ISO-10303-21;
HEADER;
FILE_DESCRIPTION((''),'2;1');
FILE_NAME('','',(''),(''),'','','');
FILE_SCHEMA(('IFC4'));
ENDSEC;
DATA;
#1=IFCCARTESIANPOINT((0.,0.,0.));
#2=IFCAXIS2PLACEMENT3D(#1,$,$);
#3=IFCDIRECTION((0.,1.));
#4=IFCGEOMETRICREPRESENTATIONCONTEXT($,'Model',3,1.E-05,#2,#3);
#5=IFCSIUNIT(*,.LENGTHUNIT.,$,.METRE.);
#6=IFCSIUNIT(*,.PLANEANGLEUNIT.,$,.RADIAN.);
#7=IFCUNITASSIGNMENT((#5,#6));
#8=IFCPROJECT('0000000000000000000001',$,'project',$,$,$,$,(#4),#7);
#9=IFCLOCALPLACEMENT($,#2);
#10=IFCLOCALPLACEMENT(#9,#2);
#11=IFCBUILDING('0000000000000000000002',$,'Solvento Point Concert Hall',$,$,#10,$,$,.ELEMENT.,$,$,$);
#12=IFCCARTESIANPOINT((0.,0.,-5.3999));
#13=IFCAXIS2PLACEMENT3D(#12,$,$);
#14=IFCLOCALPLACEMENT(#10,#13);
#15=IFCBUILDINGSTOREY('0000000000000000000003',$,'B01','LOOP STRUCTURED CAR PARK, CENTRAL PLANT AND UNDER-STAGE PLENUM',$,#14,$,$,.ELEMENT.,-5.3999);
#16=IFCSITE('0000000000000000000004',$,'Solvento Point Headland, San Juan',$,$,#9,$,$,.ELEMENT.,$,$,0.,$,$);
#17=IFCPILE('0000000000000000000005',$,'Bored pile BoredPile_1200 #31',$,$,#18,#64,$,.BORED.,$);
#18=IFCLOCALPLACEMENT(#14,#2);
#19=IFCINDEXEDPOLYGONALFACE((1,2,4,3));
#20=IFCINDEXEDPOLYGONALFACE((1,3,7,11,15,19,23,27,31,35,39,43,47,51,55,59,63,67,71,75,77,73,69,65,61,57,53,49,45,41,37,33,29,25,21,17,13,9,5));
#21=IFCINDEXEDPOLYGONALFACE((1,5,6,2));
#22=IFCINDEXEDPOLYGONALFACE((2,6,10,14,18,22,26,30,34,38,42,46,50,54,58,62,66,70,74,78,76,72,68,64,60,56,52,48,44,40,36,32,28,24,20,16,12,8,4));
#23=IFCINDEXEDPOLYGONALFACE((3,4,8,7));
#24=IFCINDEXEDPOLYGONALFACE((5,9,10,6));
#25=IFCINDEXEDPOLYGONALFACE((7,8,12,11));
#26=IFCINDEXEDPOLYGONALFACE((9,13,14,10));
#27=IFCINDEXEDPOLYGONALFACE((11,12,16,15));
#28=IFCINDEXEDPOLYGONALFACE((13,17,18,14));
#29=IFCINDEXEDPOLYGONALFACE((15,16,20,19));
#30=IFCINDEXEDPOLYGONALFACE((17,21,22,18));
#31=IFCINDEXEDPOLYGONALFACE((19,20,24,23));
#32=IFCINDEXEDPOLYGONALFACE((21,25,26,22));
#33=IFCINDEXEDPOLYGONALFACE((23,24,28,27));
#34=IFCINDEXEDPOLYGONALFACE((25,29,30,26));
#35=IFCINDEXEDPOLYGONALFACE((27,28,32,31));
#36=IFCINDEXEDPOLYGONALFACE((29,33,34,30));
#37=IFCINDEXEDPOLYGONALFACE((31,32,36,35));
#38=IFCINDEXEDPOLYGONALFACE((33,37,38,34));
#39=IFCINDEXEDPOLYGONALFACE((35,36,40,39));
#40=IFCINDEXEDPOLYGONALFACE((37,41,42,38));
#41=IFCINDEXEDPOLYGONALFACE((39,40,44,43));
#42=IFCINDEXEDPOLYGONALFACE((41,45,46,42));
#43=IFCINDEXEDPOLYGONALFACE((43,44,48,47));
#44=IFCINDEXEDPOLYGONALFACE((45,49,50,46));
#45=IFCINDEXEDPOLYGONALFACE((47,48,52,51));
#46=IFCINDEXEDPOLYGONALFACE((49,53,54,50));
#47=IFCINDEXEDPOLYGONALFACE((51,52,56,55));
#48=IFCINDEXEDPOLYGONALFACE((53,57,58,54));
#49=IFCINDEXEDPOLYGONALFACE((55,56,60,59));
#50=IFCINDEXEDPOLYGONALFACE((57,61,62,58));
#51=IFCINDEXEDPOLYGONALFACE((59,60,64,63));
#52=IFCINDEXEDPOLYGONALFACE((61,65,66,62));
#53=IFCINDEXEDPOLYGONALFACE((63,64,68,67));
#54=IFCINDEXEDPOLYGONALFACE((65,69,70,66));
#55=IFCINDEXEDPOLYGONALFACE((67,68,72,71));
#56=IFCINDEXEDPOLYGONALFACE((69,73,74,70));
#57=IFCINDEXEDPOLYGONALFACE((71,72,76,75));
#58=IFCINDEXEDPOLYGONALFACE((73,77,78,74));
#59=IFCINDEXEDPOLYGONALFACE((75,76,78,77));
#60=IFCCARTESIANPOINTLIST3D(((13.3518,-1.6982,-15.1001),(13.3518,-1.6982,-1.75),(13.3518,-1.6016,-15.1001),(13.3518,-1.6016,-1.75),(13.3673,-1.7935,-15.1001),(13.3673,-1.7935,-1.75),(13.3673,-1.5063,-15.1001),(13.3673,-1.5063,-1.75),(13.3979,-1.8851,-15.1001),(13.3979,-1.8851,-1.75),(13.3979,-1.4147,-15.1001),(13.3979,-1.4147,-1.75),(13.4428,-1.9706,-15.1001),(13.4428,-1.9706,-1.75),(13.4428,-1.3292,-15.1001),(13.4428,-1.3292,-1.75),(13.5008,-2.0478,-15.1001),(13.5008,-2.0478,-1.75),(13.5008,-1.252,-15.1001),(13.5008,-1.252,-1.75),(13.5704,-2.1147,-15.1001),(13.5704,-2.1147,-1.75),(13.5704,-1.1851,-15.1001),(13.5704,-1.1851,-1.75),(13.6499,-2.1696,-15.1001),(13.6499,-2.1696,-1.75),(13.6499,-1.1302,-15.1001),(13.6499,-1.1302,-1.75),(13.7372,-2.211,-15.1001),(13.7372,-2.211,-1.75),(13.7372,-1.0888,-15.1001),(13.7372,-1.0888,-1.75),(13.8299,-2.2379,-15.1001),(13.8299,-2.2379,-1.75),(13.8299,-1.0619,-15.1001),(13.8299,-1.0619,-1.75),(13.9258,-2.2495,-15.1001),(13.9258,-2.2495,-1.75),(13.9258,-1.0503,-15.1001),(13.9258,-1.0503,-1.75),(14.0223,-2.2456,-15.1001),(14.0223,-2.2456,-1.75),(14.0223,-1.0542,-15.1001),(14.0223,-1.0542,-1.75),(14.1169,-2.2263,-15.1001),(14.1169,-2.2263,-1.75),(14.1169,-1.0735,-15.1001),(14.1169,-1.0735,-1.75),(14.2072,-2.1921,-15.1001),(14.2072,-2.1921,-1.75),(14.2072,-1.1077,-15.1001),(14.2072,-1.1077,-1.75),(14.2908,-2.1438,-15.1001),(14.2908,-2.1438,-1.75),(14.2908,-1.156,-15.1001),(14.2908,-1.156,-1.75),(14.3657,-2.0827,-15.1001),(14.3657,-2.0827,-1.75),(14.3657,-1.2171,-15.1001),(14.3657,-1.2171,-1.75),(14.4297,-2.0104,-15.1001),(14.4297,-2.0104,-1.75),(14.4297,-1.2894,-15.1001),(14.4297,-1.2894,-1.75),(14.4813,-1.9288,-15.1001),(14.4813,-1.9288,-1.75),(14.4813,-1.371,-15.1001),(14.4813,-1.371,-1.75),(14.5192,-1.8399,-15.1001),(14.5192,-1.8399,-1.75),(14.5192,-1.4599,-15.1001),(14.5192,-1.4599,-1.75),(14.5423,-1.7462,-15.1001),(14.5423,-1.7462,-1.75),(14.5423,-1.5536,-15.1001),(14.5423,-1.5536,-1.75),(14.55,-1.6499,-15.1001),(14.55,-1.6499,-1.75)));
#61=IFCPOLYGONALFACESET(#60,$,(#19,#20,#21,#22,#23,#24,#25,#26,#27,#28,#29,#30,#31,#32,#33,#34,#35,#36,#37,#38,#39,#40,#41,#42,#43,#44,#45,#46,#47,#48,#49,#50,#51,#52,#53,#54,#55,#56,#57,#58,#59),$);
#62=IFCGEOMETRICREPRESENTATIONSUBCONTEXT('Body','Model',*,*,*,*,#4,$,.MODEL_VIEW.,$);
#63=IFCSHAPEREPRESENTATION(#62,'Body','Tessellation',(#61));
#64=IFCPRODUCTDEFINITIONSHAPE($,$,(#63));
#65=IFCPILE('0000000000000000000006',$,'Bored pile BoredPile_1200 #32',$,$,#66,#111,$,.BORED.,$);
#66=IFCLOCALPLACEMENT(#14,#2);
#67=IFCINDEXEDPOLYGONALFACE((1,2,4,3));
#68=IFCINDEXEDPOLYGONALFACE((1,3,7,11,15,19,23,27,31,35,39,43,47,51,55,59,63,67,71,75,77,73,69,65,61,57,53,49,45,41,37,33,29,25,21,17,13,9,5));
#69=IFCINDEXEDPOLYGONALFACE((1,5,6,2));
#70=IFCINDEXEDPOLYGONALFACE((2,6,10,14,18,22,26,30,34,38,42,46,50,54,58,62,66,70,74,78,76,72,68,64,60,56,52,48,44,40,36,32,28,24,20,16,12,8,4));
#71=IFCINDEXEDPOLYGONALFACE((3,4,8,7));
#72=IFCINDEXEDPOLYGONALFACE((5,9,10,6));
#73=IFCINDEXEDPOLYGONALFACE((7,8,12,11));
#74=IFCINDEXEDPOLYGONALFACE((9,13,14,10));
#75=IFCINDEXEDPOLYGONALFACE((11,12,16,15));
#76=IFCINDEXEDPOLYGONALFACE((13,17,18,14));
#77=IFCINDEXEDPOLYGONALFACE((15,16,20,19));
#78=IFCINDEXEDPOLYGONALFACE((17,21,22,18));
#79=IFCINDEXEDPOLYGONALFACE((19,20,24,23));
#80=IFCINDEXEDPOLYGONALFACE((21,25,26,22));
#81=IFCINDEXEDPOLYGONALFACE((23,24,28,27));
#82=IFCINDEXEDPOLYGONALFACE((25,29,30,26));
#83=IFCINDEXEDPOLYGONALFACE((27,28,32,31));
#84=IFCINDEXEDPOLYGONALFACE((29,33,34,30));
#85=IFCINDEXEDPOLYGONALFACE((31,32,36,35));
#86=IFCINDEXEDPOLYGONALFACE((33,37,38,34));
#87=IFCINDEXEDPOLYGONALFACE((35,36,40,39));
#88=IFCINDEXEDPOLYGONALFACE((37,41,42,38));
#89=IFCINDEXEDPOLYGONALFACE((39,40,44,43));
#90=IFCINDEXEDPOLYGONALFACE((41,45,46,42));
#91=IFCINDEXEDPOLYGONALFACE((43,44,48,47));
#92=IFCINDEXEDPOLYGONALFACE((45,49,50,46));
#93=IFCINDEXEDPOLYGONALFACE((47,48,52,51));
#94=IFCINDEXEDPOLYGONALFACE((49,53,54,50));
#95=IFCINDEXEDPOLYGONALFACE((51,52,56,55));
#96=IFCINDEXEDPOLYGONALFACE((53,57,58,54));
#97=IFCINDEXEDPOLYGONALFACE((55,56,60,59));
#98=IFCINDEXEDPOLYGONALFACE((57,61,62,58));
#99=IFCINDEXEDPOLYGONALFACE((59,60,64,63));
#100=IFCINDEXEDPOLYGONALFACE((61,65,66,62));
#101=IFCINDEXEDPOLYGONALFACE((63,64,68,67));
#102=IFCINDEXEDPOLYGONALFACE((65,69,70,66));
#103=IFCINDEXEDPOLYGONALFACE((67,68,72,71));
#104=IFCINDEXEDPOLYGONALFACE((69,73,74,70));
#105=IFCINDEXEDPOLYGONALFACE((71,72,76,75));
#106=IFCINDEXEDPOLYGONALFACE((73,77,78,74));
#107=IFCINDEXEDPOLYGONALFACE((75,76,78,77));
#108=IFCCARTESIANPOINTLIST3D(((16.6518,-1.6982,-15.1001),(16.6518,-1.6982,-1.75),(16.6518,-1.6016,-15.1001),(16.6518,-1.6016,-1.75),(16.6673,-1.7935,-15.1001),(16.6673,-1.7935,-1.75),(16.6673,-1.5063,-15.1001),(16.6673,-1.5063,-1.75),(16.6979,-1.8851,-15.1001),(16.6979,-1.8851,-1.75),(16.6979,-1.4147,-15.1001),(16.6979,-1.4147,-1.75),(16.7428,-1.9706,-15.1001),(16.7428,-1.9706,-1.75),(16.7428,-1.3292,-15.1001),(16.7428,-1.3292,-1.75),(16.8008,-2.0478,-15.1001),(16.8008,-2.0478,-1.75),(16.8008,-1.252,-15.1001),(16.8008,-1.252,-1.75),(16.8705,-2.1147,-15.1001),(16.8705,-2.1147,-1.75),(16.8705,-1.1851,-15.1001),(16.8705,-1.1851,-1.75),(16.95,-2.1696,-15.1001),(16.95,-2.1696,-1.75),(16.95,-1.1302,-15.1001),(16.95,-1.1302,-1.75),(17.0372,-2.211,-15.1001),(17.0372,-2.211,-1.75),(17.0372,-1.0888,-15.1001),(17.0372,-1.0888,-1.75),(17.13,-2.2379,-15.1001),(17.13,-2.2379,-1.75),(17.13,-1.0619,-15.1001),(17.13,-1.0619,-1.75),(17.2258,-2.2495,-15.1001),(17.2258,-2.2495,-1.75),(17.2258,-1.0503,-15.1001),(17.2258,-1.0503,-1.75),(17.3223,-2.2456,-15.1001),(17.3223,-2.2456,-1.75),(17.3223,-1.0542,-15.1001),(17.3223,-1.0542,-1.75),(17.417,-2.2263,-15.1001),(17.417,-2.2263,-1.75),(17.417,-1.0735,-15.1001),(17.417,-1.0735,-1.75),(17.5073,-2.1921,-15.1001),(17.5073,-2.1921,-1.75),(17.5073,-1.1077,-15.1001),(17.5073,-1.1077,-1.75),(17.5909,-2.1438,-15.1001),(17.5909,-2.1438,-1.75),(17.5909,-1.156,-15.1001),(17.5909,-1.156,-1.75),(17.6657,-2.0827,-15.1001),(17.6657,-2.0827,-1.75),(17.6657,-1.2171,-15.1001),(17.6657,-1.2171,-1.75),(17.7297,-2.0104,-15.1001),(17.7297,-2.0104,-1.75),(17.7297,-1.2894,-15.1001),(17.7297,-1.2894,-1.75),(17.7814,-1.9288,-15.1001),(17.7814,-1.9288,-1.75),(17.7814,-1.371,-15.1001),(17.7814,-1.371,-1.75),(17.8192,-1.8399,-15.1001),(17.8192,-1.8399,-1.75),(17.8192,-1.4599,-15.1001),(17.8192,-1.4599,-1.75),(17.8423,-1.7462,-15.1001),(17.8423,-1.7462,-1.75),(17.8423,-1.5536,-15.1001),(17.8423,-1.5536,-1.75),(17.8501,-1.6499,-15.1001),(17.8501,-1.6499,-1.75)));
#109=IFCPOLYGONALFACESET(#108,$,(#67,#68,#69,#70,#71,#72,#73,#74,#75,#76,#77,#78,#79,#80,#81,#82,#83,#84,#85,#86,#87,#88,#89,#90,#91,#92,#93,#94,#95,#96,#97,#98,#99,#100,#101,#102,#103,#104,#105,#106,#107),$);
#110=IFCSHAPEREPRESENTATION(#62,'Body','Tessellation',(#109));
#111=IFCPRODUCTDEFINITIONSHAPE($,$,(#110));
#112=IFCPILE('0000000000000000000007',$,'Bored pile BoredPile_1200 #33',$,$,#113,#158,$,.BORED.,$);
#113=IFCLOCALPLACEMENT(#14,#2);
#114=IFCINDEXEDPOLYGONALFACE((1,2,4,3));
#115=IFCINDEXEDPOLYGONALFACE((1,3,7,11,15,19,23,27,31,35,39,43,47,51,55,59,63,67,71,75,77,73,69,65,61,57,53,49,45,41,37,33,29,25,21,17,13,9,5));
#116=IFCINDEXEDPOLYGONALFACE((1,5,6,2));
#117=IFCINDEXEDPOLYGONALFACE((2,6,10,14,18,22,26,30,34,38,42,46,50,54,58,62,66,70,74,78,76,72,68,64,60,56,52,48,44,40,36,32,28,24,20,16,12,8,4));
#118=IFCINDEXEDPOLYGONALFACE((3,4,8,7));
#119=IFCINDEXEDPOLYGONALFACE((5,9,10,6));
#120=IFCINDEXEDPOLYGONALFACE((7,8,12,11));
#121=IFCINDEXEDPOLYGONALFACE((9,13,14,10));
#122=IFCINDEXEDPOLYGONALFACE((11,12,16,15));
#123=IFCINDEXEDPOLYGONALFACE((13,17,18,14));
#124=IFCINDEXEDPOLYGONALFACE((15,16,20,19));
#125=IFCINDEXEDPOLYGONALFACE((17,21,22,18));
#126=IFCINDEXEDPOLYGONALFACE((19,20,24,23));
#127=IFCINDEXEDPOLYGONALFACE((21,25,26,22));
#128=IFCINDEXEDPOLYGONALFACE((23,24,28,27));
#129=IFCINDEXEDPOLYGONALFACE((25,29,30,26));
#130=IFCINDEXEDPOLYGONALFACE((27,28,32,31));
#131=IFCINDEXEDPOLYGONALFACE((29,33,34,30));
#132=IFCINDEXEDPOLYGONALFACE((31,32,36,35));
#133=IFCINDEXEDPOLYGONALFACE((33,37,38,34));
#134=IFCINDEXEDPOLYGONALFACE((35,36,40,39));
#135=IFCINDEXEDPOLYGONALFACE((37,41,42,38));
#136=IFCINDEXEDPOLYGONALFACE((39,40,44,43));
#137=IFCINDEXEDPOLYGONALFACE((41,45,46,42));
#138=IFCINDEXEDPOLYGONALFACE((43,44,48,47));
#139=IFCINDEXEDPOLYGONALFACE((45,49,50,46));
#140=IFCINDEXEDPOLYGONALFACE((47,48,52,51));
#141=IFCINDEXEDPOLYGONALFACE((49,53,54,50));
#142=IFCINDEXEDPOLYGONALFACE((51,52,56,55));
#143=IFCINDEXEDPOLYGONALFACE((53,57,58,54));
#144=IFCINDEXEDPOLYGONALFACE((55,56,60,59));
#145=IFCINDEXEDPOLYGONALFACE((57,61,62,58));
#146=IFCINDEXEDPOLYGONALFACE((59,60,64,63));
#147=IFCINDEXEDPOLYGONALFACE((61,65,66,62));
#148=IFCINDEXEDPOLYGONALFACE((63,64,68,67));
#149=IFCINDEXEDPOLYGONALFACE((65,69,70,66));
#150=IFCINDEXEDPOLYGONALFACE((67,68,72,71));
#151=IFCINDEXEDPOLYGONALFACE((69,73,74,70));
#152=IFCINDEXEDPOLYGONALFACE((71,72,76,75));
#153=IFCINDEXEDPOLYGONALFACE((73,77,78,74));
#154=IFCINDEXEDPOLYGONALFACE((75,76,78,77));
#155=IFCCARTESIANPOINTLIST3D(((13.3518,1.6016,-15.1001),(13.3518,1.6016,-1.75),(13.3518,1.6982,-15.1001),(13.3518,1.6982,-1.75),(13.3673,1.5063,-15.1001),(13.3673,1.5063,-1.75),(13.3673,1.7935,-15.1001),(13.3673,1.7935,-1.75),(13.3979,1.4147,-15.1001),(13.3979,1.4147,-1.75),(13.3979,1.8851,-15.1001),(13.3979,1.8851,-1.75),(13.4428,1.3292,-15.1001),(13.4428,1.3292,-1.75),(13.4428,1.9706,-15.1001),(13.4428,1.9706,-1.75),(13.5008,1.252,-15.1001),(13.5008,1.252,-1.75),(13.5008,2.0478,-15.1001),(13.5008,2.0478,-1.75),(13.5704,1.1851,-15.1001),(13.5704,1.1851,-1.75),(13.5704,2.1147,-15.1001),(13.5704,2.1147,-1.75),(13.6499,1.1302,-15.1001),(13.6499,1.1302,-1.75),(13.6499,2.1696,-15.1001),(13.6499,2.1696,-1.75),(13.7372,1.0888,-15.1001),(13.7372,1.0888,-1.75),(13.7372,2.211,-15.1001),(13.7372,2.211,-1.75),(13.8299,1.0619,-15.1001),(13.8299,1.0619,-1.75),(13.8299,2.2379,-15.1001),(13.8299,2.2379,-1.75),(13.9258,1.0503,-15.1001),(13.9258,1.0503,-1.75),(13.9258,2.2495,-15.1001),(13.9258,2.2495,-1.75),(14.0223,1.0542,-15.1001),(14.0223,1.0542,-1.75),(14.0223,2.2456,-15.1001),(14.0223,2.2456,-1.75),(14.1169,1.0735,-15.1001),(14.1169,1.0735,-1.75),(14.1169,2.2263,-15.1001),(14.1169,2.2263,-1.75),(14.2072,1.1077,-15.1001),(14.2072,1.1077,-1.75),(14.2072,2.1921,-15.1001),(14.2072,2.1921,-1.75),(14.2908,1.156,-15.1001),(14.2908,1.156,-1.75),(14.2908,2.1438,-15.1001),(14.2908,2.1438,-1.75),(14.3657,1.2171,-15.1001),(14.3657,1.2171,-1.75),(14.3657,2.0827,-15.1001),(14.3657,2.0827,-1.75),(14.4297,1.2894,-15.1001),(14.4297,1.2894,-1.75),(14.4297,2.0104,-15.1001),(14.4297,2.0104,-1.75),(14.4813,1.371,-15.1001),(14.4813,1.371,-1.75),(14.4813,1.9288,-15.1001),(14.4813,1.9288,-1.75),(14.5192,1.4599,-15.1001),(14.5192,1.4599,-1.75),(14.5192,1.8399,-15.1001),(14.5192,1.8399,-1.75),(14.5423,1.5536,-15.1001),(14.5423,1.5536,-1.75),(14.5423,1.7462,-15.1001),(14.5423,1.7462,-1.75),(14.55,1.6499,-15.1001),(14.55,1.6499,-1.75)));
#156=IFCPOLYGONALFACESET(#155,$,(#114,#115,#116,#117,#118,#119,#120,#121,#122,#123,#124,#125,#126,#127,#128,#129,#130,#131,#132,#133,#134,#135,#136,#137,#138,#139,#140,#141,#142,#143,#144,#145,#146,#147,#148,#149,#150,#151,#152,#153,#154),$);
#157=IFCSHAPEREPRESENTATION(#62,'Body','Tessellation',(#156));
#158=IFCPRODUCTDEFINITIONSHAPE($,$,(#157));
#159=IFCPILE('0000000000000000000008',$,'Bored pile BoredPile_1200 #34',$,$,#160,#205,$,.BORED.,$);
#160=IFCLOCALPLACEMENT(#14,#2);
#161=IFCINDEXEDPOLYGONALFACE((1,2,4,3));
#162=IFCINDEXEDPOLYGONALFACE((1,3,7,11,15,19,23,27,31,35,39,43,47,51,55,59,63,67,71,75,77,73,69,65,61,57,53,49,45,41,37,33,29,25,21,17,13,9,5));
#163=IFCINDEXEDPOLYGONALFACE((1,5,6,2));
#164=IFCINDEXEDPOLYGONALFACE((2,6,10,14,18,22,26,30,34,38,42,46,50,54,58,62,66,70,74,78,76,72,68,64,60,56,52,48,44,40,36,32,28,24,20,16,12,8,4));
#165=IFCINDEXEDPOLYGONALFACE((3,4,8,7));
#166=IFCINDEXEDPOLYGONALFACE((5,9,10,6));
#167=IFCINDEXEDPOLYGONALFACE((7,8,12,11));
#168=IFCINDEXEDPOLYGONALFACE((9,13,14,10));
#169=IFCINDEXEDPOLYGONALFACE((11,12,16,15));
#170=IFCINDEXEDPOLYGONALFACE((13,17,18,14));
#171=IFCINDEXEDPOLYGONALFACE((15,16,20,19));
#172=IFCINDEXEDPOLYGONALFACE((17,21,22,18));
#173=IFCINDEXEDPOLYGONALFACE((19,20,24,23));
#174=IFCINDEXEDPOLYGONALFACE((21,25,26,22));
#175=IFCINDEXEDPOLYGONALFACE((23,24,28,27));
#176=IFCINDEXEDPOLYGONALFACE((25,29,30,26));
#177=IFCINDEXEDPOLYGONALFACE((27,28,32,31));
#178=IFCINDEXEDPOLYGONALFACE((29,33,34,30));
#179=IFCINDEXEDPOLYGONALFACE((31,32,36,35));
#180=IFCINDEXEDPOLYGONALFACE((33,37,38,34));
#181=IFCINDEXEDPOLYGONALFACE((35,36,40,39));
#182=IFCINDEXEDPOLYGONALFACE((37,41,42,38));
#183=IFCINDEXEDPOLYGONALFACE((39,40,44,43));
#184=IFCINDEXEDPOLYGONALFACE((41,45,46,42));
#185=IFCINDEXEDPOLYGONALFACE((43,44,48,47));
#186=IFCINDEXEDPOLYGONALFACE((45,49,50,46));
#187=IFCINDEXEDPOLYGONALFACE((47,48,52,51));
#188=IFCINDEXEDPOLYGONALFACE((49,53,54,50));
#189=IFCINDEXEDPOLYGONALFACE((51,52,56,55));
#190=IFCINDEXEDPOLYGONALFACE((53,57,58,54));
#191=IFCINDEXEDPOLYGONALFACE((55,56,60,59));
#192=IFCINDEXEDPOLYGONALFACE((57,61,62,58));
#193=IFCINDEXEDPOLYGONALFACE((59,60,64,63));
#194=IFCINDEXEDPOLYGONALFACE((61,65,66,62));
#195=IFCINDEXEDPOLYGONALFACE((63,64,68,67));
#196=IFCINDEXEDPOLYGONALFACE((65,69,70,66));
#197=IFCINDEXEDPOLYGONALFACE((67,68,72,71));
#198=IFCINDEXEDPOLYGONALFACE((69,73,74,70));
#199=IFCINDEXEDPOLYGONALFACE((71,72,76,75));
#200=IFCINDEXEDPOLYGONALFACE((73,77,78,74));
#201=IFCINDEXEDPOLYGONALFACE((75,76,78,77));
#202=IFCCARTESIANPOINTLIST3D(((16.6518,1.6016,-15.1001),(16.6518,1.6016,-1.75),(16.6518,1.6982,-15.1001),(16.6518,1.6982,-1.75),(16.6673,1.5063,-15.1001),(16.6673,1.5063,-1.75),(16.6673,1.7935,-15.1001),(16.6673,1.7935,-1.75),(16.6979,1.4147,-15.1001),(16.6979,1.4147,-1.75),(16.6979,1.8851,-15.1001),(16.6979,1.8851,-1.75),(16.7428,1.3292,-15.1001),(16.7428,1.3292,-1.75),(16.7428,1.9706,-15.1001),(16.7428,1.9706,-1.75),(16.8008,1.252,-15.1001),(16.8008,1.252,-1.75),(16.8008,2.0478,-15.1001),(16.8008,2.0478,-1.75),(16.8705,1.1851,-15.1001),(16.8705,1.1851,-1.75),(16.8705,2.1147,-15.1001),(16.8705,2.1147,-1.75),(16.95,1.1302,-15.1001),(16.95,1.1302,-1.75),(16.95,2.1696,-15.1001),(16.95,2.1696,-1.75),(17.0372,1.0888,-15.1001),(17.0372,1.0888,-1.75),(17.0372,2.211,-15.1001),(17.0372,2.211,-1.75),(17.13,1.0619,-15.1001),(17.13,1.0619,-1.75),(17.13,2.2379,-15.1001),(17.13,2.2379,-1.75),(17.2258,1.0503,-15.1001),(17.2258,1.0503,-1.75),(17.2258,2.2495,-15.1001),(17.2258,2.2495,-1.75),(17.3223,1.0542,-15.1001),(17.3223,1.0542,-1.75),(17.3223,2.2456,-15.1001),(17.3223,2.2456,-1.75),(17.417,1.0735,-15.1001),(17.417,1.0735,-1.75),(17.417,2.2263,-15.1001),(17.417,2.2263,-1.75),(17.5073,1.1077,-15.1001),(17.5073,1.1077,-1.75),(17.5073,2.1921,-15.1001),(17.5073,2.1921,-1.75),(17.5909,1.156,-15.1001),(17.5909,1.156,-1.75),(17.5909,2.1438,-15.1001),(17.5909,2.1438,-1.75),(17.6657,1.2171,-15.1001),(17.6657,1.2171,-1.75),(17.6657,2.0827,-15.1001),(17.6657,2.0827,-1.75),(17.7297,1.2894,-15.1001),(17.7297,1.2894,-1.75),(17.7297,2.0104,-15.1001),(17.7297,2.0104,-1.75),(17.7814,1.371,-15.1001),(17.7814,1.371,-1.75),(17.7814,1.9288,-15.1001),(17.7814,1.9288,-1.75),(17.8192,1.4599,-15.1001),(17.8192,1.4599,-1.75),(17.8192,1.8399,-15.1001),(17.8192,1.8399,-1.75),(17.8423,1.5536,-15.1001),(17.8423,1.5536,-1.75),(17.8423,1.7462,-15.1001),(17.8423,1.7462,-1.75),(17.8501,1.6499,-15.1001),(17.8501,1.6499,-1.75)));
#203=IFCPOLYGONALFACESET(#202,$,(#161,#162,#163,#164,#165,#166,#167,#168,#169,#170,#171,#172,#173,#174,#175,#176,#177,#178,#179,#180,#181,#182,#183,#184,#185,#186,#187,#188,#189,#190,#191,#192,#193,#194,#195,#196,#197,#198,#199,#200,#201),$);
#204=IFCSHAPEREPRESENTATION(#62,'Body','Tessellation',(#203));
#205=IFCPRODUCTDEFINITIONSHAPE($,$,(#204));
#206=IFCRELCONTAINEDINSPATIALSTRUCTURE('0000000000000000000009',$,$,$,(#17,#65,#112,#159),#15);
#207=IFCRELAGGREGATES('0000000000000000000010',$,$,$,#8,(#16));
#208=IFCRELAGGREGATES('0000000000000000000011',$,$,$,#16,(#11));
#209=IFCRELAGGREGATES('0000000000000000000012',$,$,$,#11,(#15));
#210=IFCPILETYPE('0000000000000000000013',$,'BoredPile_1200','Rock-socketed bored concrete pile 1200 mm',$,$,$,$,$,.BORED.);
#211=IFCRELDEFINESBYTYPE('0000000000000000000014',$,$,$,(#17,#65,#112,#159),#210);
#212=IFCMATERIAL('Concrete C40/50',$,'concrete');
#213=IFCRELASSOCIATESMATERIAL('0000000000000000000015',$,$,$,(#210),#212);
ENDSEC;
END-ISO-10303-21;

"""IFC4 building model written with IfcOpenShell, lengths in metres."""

from ifc_helpers import new_model, si_unit, direction, frame, origin, origin_2d, place, context, subcontext, project, spatial, circle, extrude, material, material_profile, profile_set, type_object, element, save


model = new_model("IFC4")

# Units and contexts
model_context = context("Model", 3, precision=1e-05, world=origin(), true_north=direction((0.0, 1.0)))
body_context = subcontext(model_context, "Body", "Model", "MODEL_VIEW")
ifc_project = project(units=[si_unit("LENGTHUNIT", "METRE"), si_unit("PLANEANGLEUNIT", "RADIAN")], contexts=[model_context])

# Site, building, storey
site_placement = place(None, origin())
site = spatial("IfcSite", under=ifc_project, at=site_placement, Name="Solvento Point Headland, San Juan", CompositionType="ELEMENT", RefElevation=0.0)
building_placement = place(site_placement, origin())
building = spatial("IfcBuilding", under=site, at=building_placement, Name="Solvento Point Concert Hall", CompositionType="ELEMENT")
storey_placement = place(building_placement, frame((0.0, 0.0, -5.3999)))
storey = spatial("IfcBuildingStorey", under=building, at=storey_placement, Name="B01", Description="LOOP STRUCTURED CAR PARK, CENTRAL PLANT AND UNDER-STAGE PLENUM", CompositionType="ELEMENT", Elevation=-5.3999)

# Piles
ifc_material_1 = material(Name="Concrete C40/50", Category="concrete")
ifc_material_profile_1 = material_profile(ifc_material_1, circle(Radius=0.6001, at=origin_2d()), Name="BP-1200")
ifc_profile_set_1 = profile_set([ifc_material_profile_1], Name="Concrete C40/50")
pile_type_1 = type_object("IfcPileType", Name="BoredPile_1200", Description="Rock-socketed bored concrete pile 1200 mm", PredefinedType="BORED", material=ifc_profile_set_1)
for number, where, z_axis, x_axis, name in (
    (1, (13.95, -1.6499, -1.75), (0.0, 0.0, -1.0), (1.0, 0.0, 0.0), "Bored pile BoredPile_1200 #31"),
    (2, (17.25, -1.6499, -1.75), (0.0, 0.0, -1.0), (1.0, 0.0, 0.0), "Bored pile BoredPile_1200 #32"),
    (3, (13.95, 1.6499, -1.75), (0.0, 0.0, -1.0), (1.0, 0.0, 0.0), "Bored pile BoredPile_1200 #33"),
    (4, (17.25, 1.6499, -1.75), (0.0, 0.0, -1.0), (1.0, 0.0, 0.0), "Bored pile BoredPile_1200 #34"),
):
    element("IfcPile", number, at=place(storey_placement, frame(where, z_axis=z_axis, x_axis=x_axis)), inside=storey, type_object=pile_type_1, Name=name, PredefinedType="BORED", context=body_context, shape_type="SweptSolid", body=[
        extrude(circle(Radius=0.6001, at=origin_2d()), origin(), (0.0, 0.0, 1.0), 13.3501),
    ])

save(model, "model.ifc")
